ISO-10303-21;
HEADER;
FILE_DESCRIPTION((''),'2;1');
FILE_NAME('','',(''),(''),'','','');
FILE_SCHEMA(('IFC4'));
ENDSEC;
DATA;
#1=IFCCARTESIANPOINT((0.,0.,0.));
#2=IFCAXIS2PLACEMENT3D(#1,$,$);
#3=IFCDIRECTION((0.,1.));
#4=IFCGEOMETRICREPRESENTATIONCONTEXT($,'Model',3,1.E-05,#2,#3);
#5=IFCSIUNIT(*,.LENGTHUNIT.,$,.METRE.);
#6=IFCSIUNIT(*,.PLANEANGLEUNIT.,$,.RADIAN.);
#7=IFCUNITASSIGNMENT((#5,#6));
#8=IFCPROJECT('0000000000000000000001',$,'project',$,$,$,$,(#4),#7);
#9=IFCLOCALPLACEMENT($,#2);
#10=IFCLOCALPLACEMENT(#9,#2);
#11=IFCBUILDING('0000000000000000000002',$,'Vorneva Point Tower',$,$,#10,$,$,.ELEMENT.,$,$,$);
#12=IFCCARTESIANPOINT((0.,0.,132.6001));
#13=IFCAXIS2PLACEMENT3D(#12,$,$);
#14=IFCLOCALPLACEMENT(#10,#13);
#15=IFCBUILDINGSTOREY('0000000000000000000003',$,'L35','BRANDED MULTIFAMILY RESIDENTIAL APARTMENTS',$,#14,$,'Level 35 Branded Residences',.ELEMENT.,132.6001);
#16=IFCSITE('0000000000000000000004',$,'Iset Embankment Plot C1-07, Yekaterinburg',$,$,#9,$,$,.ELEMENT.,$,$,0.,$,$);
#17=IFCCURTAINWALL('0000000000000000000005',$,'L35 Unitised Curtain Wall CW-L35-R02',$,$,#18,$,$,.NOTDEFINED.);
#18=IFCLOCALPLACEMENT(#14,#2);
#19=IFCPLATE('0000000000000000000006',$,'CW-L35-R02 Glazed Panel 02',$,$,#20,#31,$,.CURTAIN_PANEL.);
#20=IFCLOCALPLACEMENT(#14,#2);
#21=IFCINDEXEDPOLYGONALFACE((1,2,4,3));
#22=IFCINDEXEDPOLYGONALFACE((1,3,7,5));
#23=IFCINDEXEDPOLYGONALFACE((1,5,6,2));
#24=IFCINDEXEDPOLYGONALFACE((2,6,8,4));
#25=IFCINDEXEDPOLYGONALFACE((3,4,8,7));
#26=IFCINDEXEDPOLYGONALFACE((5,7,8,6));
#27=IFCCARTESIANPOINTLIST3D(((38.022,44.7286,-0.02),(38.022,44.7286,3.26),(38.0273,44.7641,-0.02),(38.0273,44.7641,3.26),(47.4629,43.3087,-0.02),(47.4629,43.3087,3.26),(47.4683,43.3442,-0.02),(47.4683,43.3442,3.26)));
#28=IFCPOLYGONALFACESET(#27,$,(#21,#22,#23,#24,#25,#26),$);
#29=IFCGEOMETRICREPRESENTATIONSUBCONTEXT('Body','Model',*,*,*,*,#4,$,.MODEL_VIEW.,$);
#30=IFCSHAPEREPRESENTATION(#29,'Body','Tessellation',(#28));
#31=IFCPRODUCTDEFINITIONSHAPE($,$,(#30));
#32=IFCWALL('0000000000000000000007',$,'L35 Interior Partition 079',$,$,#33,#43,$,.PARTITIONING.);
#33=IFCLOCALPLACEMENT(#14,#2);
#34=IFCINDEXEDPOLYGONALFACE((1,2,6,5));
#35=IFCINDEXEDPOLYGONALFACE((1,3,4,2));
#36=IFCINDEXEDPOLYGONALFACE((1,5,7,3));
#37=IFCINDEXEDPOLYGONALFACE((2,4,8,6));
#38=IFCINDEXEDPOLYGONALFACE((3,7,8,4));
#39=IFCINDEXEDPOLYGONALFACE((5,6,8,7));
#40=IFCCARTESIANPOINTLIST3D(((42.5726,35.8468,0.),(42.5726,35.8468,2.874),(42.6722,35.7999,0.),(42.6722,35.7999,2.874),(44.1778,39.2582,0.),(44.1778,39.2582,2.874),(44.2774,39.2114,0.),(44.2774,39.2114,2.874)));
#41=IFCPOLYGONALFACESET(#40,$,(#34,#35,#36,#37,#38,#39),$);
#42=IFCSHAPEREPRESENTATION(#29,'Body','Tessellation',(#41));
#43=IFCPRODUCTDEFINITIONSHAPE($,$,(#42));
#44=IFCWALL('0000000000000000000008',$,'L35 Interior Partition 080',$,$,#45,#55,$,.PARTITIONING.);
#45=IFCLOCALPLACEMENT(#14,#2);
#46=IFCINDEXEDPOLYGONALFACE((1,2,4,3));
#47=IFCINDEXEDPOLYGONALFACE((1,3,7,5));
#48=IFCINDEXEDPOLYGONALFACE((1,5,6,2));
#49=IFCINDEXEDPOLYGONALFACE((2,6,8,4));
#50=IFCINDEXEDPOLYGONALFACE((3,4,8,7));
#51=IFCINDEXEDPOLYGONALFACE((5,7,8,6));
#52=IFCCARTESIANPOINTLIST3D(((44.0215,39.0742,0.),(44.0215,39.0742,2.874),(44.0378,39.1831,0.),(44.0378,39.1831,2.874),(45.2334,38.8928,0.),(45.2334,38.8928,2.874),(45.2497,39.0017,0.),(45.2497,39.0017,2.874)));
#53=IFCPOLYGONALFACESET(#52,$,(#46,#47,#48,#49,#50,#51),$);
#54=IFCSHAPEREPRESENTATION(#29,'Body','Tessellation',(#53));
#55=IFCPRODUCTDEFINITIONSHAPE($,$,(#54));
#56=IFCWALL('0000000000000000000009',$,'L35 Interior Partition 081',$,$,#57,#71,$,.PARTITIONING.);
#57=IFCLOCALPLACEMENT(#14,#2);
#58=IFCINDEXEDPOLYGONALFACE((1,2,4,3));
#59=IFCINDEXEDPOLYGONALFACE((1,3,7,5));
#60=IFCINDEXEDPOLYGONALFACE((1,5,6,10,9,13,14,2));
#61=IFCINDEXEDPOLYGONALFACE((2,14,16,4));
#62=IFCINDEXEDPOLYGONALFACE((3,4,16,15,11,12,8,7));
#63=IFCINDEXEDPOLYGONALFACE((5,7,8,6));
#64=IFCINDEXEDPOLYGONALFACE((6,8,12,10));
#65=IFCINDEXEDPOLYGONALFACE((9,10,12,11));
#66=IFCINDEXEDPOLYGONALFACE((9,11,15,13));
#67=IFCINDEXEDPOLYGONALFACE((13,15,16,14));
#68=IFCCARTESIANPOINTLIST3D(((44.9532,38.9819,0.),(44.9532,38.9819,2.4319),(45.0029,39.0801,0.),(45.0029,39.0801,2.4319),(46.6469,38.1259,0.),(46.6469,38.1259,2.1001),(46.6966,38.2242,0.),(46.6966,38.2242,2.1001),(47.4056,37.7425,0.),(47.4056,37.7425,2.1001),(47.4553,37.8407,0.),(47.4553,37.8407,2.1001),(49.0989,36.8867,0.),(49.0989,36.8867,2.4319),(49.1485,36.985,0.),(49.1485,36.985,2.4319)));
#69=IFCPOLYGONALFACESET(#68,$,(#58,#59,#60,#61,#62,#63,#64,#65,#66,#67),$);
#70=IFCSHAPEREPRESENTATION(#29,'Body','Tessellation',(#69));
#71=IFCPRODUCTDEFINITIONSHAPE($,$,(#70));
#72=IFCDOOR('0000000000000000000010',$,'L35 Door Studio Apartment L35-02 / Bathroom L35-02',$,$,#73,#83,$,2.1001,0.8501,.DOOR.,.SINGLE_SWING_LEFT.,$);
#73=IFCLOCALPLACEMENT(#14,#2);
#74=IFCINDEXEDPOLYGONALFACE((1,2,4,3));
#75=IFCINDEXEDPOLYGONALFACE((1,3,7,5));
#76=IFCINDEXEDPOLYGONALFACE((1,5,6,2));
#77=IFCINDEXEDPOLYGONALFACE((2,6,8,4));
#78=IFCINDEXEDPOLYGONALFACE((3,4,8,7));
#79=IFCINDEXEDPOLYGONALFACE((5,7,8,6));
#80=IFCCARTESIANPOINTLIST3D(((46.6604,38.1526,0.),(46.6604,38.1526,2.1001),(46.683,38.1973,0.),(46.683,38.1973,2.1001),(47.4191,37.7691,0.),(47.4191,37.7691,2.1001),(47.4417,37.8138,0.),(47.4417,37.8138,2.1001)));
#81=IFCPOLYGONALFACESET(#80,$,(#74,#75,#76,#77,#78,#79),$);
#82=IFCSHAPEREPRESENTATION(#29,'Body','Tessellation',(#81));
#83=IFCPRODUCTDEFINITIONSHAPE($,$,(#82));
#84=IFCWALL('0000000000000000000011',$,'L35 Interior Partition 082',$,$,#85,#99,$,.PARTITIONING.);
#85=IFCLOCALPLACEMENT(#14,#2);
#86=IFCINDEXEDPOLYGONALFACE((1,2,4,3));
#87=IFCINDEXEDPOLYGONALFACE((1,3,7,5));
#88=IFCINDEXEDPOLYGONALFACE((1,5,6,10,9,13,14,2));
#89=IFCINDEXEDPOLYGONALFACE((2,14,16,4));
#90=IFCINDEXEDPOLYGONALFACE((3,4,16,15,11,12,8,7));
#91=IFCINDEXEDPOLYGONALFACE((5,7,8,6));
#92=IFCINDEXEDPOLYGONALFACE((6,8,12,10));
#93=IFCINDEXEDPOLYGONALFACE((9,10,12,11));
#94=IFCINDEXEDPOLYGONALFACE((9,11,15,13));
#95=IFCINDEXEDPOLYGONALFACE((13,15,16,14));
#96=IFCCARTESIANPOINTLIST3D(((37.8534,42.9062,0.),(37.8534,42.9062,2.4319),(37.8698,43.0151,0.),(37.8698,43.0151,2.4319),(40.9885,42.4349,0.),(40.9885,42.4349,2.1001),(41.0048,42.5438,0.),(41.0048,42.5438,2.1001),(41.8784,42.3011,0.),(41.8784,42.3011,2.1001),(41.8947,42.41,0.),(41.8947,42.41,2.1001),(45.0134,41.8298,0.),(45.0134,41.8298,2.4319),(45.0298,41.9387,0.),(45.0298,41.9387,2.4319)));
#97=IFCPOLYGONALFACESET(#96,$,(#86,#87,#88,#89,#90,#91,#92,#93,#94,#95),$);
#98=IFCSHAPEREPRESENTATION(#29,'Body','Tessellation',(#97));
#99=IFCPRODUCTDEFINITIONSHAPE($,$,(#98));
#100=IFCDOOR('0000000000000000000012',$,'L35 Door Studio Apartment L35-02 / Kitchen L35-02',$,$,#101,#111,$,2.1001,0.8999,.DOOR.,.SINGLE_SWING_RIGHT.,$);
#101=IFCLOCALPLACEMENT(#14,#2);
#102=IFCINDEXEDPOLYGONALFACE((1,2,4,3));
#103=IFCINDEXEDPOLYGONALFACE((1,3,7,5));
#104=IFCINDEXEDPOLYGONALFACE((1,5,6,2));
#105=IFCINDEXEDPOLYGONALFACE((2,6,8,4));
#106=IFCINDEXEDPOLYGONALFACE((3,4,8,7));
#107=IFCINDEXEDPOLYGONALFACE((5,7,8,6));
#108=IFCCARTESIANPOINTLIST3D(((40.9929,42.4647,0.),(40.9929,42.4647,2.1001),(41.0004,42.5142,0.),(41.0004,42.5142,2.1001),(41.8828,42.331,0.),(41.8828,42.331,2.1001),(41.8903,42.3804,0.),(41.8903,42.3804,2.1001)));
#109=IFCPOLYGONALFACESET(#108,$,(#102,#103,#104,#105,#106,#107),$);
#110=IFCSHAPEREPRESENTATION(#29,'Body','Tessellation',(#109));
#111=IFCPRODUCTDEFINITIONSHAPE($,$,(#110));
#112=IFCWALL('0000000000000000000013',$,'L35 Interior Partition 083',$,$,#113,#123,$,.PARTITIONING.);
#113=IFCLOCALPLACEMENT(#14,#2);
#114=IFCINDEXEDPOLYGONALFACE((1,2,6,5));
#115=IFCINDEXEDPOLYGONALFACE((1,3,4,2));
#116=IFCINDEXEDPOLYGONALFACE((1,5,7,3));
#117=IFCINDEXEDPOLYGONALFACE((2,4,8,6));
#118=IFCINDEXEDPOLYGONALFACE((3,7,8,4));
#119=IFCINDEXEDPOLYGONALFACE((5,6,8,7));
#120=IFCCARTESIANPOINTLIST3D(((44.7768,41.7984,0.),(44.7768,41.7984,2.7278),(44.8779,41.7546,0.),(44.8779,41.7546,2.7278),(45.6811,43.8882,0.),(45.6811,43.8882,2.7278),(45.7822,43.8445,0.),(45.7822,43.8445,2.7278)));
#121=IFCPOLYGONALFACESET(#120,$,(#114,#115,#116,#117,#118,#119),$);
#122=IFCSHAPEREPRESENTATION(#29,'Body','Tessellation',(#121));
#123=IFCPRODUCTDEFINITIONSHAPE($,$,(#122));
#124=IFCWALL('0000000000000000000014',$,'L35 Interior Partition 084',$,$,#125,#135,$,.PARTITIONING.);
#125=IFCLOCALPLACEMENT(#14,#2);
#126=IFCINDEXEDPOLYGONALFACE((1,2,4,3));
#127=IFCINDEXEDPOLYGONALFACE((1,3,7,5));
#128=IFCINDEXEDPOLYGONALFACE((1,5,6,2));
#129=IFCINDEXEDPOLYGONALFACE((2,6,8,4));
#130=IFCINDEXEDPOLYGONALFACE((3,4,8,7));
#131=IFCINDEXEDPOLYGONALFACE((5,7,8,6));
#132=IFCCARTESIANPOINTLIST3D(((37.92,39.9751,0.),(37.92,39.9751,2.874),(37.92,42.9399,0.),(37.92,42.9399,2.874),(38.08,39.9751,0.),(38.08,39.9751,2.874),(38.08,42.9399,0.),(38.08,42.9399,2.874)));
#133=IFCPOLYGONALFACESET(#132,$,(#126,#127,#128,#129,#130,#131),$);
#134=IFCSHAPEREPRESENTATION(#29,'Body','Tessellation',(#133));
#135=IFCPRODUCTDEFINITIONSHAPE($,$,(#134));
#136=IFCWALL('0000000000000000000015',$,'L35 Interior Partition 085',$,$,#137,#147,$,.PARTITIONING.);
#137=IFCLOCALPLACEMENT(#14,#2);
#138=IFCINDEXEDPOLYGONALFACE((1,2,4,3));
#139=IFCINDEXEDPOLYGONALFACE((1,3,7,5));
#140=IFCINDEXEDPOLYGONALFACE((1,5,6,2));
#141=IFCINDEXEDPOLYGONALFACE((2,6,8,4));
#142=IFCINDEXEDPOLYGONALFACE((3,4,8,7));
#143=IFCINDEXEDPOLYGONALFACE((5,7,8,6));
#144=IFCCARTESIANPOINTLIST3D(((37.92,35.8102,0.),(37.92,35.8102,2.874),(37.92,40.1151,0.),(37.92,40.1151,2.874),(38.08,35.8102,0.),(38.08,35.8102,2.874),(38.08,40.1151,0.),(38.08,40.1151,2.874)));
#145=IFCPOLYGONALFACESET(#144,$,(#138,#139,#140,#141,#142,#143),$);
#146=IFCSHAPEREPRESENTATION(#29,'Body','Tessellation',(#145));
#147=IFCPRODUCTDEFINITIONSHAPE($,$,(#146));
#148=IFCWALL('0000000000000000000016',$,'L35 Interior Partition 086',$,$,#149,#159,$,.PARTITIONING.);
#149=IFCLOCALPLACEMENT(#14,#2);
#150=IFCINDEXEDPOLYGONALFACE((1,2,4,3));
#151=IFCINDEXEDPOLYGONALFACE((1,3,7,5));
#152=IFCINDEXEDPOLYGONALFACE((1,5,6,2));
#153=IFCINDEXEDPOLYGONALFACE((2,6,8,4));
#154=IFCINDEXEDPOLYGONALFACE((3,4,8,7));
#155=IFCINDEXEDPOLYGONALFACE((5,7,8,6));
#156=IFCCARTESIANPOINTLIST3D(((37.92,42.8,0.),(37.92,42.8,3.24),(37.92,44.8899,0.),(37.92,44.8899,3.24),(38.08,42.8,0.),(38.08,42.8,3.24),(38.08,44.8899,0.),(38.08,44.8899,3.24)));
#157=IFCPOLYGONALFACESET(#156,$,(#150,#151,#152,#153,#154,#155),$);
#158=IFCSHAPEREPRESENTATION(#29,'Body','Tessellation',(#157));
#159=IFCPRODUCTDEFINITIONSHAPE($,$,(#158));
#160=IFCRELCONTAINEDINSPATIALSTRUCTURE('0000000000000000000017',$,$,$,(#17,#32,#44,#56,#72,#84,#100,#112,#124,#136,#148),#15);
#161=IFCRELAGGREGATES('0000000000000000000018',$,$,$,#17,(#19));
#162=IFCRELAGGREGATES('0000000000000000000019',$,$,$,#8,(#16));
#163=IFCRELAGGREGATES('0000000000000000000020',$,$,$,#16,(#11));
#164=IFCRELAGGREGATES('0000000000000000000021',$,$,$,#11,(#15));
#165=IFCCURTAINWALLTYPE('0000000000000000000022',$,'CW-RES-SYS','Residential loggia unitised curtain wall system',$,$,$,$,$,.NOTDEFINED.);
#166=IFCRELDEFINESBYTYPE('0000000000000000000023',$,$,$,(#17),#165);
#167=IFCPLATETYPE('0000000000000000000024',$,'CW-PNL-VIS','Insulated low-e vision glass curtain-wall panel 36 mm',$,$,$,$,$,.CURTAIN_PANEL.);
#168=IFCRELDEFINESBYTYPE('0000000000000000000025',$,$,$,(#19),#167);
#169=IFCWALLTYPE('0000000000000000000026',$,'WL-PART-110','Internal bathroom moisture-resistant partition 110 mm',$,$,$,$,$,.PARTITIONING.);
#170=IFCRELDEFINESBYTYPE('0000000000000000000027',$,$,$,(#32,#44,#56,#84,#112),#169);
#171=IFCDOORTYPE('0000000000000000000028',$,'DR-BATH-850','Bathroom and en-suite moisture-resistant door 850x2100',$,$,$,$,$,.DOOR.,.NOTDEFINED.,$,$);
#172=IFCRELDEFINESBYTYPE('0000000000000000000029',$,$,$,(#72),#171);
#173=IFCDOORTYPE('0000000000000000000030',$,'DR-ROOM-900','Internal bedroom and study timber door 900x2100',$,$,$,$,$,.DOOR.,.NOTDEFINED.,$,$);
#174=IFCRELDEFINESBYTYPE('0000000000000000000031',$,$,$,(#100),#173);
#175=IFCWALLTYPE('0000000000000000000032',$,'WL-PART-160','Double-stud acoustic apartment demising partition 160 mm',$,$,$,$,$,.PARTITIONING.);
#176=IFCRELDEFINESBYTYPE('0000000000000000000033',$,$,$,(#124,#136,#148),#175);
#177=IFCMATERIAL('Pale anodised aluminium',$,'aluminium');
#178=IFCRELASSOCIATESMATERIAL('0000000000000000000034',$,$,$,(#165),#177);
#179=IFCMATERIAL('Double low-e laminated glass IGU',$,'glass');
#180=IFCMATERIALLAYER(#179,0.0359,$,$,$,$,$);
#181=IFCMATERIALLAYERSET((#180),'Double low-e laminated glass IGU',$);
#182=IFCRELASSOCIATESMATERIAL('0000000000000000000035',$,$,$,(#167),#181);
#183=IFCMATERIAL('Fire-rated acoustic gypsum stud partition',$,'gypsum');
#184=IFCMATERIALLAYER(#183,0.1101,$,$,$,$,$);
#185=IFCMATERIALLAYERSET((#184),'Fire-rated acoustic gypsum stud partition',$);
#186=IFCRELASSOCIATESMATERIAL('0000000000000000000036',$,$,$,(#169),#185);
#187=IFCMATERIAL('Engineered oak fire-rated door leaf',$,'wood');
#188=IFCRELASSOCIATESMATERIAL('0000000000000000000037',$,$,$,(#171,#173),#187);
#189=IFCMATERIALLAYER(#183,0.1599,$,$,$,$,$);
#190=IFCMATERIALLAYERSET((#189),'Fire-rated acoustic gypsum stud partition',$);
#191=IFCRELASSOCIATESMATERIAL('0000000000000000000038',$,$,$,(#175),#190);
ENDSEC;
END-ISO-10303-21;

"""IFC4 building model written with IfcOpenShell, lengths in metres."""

from ifc_helpers import new_model, si_unit, direction, frame, frame_2d, origin, origin_2d, place, context, subcontext, project, spatial, rectangle, extrude, material, layer, layer_set, type_object, element, fill, aggregate, save


model = new_model("IFC4")

# Units and contexts
model_context = context("Model", 3, precision=1e-05, world=origin(), true_north=direction((0.0, 1.0)))
body_context = subcontext(model_context, "Body", "Model", "MODEL_VIEW")
ifc_project = project(units=[si_unit("LENGTHUNIT", "METRE"), si_unit("PLANEANGLEUNIT", "RADIAN")], contexts=[model_context])

# Site, building, storey
site_placement = place(None, origin())
site = spatial("IfcSite", under=ifc_project, at=site_placement, Name="Iset Embankment Plot C1-07, Yekaterinburg", CompositionType="ELEMENT", RefElevation=0.0)
building_placement = place(site_placement, origin())
building = spatial("IfcBuilding", under=site, at=building_placement, Name="Vorneva Point Tower", CompositionType="ELEMENT")
storey_placement = place(building_placement, frame((0.0, 0.0, 132.6001)))
storey = spatial("IfcBuildingStorey", under=building, at=storey_placement, Name="L35", Description="BRANDED MULTIFAMILY RESIDENTIAL APARTMENTS", LongName="Level 35 Branded Residences", CompositionType="ELEMENT", Elevation=132.6001)

# Curtain wall, plate
ifc_material_1 = material(Name="Pale anodised aluminium", Category="aluminium")
curtain_wall_type = type_object("IfcCurtainWallType", Name="CW-RES-SYS", Description="Residential loggia unitised curtain wall system", PredefinedType="NOTDEFINED", material=ifc_material_1)
curtain_wall_placement = place(storey_placement, origin())
curtain_wall = element("IfcCurtainWall", 1, at=curtain_wall_placement, inside=storey, type_object=curtain_wall_type, Name="L35 Unitised Curtain Wall CW-L35-R02", PredefinedType="NOTDEFINED")
ifc_material_2 = material(Name="Double low-e laminated glass IGU", Category="glass")
ifc_layer_1 = layer(ifc_material_2, 0.0359)
ifc_layer_set_1 = layer_set([ifc_layer_1], Name="Double low-e laminated glass IGU")
plate_type = type_object("IfcPlateType", Name="CW-PNL-VIS", Description="Insulated low-e vision glass curtain-wall panel 36 mm", PredefinedType="CURTAIN_PANEL", material=ifc_layer_set_1)
plate_placement = place(storey_placement, frame((42.7451, 44.0364, -0.02), z_axis=(0.0, 0.0, 1.0), x_axis=(-0.988879, 0.148724, 0.0)))
plate = element("IfcPlate", 2, at=plate_placement, type_object=plate_type, Name="CW-L35-R02 Glazed Panel 02", PredefinedType="CURTAIN_PANEL", context=body_context, shape_type="SweptSolid", body=[
    extrude(rectangle(XDim=9.5471, YDim=0.0359, at=origin_2d()), origin(), (0.0, 0.0, 1.0), 3.28),
])
aggregate(curtain_wall, [plate])

# Walls
ifc_material_3 = material(Name="Fire-rated acoustic gypsum stud partition", Category="gypsum")
ifc_layer_2 = layer(ifc_material_3, 0.1101)
ifc_layer_set_2 = layer_set([ifc_layer_2], Name="Fire-rated acoustic gypsum stud partition")
wall_type_1 = type_object("IfcWallType", Name="WL-PART-110", Description="Internal bathroom moisture-resistant partition 110 mm", PredefinedType="PARTITIONING", material=ifc_layer_set_2)
wall_1_placement = place(storey_placement, frame((42.6223, 35.8232, 0.0), z_axis=(0.0, 0.0, 1.0), x_axis=(0.425769, 0.904832, 0.0)))
element("IfcWall", 3, at=wall_1_placement, inside=storey, type_object=wall_type_1, Name="L35 Interior Partition 079", PredefinedType="PARTITIONING", context=body_context, shape_type="SweptSolid", body=[
    extrude(rectangle(XDim=3.7703, YDim=0.1101, at=frame_2d((1.8853, 0.0))), origin(), (0.0, 0.0, 1.0), 2.874),
])
wall_2_placement = place(storey_placement, frame((44.0295, 39.1287, 0.0), z_axis=(0.0, 0.0, 1.0), x_axis=(0.988983, -0.148029, 0.0)))
element("IfcWall", 4, at=wall_2_placement, inside=storey, type_object=wall_type_1, Name="L35 Interior Partition 080", PredefinedType="PARTITIONING", context=body_context, shape_type="SweptSolid", body=[
    extrude(rectangle(XDim=1.2253, YDim=0.1101, at=frame_2d((0.6128, 0.0))), origin(), (0.0, 0.0, 1.0), 2.874),
])

# Walls, openings, doors
wall_3_placement = place(storey_placement, frame((44.978, 39.031, 0.0), z_axis=(0.0, 0.0, 1.0), x_axis=(0.892495, -0.451057, 0.0)))
wall_3 = element("IfcWall", 5, at=wall_3_placement, inside=storey, type_object=wall_type_1, Name="L35 Interior Partition 081", PredefinedType="PARTITIONING", context=body_context, shape_type="SweptSolid", body=[
    extrude(rectangle(XDim=4.645, YDim=0.1101, at=frame_2d((2.3225, 0.0))), origin(), (0.0, 0.0, 1.0), 2.4319),
])
opening_1_placement = place(wall_3_placement, frame((1.8977, 0.0, 0.0)))
opening_1 = element("IfcOpeningElement", 6, at=opening_1_placement, cuts=wall_3, PredefinedType="OPENING", context=body_context, shape_type="SweptSolid", body=[
    extrude(rectangle(XDim=0.8501, YDim=2.1001, at=frame_2d((0.425, 1.05))), frame((0.0, 0.0698, 0.0), z_axis=(0.0, -1.0, 0.0), x_axis=(1.0, 0.0, 0.0)), (0.0, 0.0, 1.0), 0.1399),
])
ifc_material_4 = material(Name="Engineered oak fire-rated door leaf", Category="wood")
door_type_1 = type_object("IfcDoorType", Name="DR-BATH-850", Description="Bathroom and en-suite moisture-resistant door 850x2100", OperationType="NOTDEFINED", PredefinedType="DOOR", material=ifc_material_4)
door_1_placement = place(opening_1_placement, origin())
door_1 = element("IfcDoor", 7, at=door_1_placement, inside=storey, type_object=door_type_1, Name="L35 Door Studio Apartment L35-02 / Bathroom L35-02", OperationType="SINGLE_SWING_LEFT", OverallHeight=2.1001, OverallWidth=0.8501, PredefinedType="DOOR", context=body_context, shape_type="SweptSolid", body=[
    extrude(rectangle(XDim=0.8501, YDim=2.1001, at=frame_2d((0.425, 1.05))), frame((0.0, 0.0249, 0.0), z_axis=(0.0, -1.0, 0.0), x_axis=(1.0, 0.0, 0.0)), (0.0, 0.0, 1.0), 0.05),
])
fill(opening_1, door_1)
wall_4_placement = place(storey_placement, frame((45.0215, 41.8843, 0.0), z_axis=(0.0, 0.0, 1.0), x_axis=(-0.988887, 0.148669, 0.0)))
wall_4 = element("IfcWall", 8, at=wall_4_placement, inside=storey, type_object=wall_type_1, Name="L35 Interior Partition 082", PredefinedType="PARTITIONING", context=body_context, shape_type="SweptSolid", body=[
    extrude(rectangle(XDim=7.2405, YDim=0.1101, at=frame_2d((3.6201, 0.0))), origin(), (0.0, 0.0, 1.0), 2.4319),
])
opening_2_placement = place(wall_4_placement, frame((3.1702, 0.0, 0.0)))
opening_2 = element("IfcOpeningElement", 9, at=opening_2_placement, cuts=wall_4, PredefinedType="OPENING", context=body_context, shape_type="SweptSolid", body=[
    extrude(rectangle(XDim=0.8999, YDim=2.1001, at=frame_2d((0.45, 1.05))), frame((0.0, 0.0698, 0.0), z_axis=(0.0, -1.0, 0.0), x_axis=(1.0, 0.0, 0.0)), (0.0, 0.0, 1.0), 0.1399),
])
door_type_2 = type_object("IfcDoorType", Name="DR-ROOM-900", Description="Internal bedroom and study timber door 900x2100", OperationType="NOTDEFINED", PredefinedType="DOOR", material=ifc_material_4)
door_2_placement = place(opening_2_placement, origin())
door_2 = element("IfcDoor", 10, at=door_2_placement, inside=storey, type_object=door_type_2, Name="L35 Door Studio Apartment L35-02 / Kitchen L35-02", OperationType="SINGLE_SWING_RIGHT", OverallHeight=2.1001, OverallWidth=0.8999, PredefinedType="DOOR", context=body_context, shape_type="SweptSolid", body=[
    extrude(rectangle(XDim=0.8999, YDim=2.1001, at=frame_2d((0.45, 1.05))), frame((0.0, 0.0249, 0.0), z_axis=(0.0, -1.0, 0.0), x_axis=(1.0, 0.0, 0.0)), (0.0, 0.0, 1.0), 0.05),
])
fill(opening_2, door_2)

# Walls
wall_5_placement = place(storey_placement, frame((45.7317, 43.8665, 0.0), z_axis=(0.0, 0.0, 1.0), x_axis=(-0.397126, -0.917764, 0.0)))
element("IfcWall", 11, at=wall_5_placement, inside=storey, type_object=wall_type_1, Name="L35 Interior Partition 083", PredefinedType="PARTITIONING", context=body_context, shape_type="SweptSolid", body=[
    extrude(rectangle(XDim=2.2771, YDim=0.1101, at=frame_2d((1.1387, 0.0))), origin(), (0.0, 0.0, 1.0), 2.7278),
])
ifc_layer_3 = layer(ifc_material_3, 0.1599)
ifc_layer_set_3 = layer_set([ifc_layer_3], Name="Fire-rated acoustic gypsum stud partition")
wall_type_2 = type_object("IfcWallType", Name="WL-PART-160", Description="Double-stud acoustic apartment demising partition 160 mm", PredefinedType="PARTITIONING", material=ifc_layer_set_3)
wall_6_placement = place(storey_placement, frame((38.0, 42.9399, 0.0), z_axis=(0.0, 0.0, 1.0), x_axis=(0.0, -1.0, 0.0)))
element("IfcWall", 12, at=wall_6_placement, inside=storey, type_object=wall_type_2, Name="L35 Interior Partition 084", PredefinedType="PARTITIONING", context=body_context, shape_type="SweptSolid", body=[
    extrude(rectangle(XDim=2.9648, YDim=0.1599, at=frame_2d((1.4824, 0.0))), origin(), (0.0, 0.0, 1.0), 2.874),
])
wall_7_placement = place(storey_placement, frame((38.0, 40.115, 0.0), z_axis=(0.0, 0.0, 1.0), x_axis=(0.0, -1.0, 0.0)))
element("IfcWall", 13, at=wall_7_placement, inside=storey, type_object=wall_type_2, Name="L35 Interior Partition 085", PredefinedType="PARTITIONING", context=body_context, shape_type="SweptSolid", body=[
    extrude(rectangle(XDim=4.3049, YDim=0.1599, at=frame_2d((2.1523, 0.0))), origin(), (0.0, 0.0, 1.0), 2.874),
])
wall_8_placement = place(storey_placement, frame((38.0, 44.8899, 0.0), z_axis=(0.0, 0.0, 1.0), x_axis=(0.0, -1.0, 0.0)))
element("IfcWall", 14, at=wall_8_placement, inside=storey, type_object=wall_type_2, Name="L35 Interior Partition 086", PredefinedType="PARTITIONING", context=body_context, shape_type="SweptSolid", body=[
    extrude(rectangle(XDim=2.0898, YDim=0.1599, at=frame_2d((1.0449, 0.0))), origin(), (0.0, 0.0, 1.0), 3.24),
])

save(model, "model.ifc")
